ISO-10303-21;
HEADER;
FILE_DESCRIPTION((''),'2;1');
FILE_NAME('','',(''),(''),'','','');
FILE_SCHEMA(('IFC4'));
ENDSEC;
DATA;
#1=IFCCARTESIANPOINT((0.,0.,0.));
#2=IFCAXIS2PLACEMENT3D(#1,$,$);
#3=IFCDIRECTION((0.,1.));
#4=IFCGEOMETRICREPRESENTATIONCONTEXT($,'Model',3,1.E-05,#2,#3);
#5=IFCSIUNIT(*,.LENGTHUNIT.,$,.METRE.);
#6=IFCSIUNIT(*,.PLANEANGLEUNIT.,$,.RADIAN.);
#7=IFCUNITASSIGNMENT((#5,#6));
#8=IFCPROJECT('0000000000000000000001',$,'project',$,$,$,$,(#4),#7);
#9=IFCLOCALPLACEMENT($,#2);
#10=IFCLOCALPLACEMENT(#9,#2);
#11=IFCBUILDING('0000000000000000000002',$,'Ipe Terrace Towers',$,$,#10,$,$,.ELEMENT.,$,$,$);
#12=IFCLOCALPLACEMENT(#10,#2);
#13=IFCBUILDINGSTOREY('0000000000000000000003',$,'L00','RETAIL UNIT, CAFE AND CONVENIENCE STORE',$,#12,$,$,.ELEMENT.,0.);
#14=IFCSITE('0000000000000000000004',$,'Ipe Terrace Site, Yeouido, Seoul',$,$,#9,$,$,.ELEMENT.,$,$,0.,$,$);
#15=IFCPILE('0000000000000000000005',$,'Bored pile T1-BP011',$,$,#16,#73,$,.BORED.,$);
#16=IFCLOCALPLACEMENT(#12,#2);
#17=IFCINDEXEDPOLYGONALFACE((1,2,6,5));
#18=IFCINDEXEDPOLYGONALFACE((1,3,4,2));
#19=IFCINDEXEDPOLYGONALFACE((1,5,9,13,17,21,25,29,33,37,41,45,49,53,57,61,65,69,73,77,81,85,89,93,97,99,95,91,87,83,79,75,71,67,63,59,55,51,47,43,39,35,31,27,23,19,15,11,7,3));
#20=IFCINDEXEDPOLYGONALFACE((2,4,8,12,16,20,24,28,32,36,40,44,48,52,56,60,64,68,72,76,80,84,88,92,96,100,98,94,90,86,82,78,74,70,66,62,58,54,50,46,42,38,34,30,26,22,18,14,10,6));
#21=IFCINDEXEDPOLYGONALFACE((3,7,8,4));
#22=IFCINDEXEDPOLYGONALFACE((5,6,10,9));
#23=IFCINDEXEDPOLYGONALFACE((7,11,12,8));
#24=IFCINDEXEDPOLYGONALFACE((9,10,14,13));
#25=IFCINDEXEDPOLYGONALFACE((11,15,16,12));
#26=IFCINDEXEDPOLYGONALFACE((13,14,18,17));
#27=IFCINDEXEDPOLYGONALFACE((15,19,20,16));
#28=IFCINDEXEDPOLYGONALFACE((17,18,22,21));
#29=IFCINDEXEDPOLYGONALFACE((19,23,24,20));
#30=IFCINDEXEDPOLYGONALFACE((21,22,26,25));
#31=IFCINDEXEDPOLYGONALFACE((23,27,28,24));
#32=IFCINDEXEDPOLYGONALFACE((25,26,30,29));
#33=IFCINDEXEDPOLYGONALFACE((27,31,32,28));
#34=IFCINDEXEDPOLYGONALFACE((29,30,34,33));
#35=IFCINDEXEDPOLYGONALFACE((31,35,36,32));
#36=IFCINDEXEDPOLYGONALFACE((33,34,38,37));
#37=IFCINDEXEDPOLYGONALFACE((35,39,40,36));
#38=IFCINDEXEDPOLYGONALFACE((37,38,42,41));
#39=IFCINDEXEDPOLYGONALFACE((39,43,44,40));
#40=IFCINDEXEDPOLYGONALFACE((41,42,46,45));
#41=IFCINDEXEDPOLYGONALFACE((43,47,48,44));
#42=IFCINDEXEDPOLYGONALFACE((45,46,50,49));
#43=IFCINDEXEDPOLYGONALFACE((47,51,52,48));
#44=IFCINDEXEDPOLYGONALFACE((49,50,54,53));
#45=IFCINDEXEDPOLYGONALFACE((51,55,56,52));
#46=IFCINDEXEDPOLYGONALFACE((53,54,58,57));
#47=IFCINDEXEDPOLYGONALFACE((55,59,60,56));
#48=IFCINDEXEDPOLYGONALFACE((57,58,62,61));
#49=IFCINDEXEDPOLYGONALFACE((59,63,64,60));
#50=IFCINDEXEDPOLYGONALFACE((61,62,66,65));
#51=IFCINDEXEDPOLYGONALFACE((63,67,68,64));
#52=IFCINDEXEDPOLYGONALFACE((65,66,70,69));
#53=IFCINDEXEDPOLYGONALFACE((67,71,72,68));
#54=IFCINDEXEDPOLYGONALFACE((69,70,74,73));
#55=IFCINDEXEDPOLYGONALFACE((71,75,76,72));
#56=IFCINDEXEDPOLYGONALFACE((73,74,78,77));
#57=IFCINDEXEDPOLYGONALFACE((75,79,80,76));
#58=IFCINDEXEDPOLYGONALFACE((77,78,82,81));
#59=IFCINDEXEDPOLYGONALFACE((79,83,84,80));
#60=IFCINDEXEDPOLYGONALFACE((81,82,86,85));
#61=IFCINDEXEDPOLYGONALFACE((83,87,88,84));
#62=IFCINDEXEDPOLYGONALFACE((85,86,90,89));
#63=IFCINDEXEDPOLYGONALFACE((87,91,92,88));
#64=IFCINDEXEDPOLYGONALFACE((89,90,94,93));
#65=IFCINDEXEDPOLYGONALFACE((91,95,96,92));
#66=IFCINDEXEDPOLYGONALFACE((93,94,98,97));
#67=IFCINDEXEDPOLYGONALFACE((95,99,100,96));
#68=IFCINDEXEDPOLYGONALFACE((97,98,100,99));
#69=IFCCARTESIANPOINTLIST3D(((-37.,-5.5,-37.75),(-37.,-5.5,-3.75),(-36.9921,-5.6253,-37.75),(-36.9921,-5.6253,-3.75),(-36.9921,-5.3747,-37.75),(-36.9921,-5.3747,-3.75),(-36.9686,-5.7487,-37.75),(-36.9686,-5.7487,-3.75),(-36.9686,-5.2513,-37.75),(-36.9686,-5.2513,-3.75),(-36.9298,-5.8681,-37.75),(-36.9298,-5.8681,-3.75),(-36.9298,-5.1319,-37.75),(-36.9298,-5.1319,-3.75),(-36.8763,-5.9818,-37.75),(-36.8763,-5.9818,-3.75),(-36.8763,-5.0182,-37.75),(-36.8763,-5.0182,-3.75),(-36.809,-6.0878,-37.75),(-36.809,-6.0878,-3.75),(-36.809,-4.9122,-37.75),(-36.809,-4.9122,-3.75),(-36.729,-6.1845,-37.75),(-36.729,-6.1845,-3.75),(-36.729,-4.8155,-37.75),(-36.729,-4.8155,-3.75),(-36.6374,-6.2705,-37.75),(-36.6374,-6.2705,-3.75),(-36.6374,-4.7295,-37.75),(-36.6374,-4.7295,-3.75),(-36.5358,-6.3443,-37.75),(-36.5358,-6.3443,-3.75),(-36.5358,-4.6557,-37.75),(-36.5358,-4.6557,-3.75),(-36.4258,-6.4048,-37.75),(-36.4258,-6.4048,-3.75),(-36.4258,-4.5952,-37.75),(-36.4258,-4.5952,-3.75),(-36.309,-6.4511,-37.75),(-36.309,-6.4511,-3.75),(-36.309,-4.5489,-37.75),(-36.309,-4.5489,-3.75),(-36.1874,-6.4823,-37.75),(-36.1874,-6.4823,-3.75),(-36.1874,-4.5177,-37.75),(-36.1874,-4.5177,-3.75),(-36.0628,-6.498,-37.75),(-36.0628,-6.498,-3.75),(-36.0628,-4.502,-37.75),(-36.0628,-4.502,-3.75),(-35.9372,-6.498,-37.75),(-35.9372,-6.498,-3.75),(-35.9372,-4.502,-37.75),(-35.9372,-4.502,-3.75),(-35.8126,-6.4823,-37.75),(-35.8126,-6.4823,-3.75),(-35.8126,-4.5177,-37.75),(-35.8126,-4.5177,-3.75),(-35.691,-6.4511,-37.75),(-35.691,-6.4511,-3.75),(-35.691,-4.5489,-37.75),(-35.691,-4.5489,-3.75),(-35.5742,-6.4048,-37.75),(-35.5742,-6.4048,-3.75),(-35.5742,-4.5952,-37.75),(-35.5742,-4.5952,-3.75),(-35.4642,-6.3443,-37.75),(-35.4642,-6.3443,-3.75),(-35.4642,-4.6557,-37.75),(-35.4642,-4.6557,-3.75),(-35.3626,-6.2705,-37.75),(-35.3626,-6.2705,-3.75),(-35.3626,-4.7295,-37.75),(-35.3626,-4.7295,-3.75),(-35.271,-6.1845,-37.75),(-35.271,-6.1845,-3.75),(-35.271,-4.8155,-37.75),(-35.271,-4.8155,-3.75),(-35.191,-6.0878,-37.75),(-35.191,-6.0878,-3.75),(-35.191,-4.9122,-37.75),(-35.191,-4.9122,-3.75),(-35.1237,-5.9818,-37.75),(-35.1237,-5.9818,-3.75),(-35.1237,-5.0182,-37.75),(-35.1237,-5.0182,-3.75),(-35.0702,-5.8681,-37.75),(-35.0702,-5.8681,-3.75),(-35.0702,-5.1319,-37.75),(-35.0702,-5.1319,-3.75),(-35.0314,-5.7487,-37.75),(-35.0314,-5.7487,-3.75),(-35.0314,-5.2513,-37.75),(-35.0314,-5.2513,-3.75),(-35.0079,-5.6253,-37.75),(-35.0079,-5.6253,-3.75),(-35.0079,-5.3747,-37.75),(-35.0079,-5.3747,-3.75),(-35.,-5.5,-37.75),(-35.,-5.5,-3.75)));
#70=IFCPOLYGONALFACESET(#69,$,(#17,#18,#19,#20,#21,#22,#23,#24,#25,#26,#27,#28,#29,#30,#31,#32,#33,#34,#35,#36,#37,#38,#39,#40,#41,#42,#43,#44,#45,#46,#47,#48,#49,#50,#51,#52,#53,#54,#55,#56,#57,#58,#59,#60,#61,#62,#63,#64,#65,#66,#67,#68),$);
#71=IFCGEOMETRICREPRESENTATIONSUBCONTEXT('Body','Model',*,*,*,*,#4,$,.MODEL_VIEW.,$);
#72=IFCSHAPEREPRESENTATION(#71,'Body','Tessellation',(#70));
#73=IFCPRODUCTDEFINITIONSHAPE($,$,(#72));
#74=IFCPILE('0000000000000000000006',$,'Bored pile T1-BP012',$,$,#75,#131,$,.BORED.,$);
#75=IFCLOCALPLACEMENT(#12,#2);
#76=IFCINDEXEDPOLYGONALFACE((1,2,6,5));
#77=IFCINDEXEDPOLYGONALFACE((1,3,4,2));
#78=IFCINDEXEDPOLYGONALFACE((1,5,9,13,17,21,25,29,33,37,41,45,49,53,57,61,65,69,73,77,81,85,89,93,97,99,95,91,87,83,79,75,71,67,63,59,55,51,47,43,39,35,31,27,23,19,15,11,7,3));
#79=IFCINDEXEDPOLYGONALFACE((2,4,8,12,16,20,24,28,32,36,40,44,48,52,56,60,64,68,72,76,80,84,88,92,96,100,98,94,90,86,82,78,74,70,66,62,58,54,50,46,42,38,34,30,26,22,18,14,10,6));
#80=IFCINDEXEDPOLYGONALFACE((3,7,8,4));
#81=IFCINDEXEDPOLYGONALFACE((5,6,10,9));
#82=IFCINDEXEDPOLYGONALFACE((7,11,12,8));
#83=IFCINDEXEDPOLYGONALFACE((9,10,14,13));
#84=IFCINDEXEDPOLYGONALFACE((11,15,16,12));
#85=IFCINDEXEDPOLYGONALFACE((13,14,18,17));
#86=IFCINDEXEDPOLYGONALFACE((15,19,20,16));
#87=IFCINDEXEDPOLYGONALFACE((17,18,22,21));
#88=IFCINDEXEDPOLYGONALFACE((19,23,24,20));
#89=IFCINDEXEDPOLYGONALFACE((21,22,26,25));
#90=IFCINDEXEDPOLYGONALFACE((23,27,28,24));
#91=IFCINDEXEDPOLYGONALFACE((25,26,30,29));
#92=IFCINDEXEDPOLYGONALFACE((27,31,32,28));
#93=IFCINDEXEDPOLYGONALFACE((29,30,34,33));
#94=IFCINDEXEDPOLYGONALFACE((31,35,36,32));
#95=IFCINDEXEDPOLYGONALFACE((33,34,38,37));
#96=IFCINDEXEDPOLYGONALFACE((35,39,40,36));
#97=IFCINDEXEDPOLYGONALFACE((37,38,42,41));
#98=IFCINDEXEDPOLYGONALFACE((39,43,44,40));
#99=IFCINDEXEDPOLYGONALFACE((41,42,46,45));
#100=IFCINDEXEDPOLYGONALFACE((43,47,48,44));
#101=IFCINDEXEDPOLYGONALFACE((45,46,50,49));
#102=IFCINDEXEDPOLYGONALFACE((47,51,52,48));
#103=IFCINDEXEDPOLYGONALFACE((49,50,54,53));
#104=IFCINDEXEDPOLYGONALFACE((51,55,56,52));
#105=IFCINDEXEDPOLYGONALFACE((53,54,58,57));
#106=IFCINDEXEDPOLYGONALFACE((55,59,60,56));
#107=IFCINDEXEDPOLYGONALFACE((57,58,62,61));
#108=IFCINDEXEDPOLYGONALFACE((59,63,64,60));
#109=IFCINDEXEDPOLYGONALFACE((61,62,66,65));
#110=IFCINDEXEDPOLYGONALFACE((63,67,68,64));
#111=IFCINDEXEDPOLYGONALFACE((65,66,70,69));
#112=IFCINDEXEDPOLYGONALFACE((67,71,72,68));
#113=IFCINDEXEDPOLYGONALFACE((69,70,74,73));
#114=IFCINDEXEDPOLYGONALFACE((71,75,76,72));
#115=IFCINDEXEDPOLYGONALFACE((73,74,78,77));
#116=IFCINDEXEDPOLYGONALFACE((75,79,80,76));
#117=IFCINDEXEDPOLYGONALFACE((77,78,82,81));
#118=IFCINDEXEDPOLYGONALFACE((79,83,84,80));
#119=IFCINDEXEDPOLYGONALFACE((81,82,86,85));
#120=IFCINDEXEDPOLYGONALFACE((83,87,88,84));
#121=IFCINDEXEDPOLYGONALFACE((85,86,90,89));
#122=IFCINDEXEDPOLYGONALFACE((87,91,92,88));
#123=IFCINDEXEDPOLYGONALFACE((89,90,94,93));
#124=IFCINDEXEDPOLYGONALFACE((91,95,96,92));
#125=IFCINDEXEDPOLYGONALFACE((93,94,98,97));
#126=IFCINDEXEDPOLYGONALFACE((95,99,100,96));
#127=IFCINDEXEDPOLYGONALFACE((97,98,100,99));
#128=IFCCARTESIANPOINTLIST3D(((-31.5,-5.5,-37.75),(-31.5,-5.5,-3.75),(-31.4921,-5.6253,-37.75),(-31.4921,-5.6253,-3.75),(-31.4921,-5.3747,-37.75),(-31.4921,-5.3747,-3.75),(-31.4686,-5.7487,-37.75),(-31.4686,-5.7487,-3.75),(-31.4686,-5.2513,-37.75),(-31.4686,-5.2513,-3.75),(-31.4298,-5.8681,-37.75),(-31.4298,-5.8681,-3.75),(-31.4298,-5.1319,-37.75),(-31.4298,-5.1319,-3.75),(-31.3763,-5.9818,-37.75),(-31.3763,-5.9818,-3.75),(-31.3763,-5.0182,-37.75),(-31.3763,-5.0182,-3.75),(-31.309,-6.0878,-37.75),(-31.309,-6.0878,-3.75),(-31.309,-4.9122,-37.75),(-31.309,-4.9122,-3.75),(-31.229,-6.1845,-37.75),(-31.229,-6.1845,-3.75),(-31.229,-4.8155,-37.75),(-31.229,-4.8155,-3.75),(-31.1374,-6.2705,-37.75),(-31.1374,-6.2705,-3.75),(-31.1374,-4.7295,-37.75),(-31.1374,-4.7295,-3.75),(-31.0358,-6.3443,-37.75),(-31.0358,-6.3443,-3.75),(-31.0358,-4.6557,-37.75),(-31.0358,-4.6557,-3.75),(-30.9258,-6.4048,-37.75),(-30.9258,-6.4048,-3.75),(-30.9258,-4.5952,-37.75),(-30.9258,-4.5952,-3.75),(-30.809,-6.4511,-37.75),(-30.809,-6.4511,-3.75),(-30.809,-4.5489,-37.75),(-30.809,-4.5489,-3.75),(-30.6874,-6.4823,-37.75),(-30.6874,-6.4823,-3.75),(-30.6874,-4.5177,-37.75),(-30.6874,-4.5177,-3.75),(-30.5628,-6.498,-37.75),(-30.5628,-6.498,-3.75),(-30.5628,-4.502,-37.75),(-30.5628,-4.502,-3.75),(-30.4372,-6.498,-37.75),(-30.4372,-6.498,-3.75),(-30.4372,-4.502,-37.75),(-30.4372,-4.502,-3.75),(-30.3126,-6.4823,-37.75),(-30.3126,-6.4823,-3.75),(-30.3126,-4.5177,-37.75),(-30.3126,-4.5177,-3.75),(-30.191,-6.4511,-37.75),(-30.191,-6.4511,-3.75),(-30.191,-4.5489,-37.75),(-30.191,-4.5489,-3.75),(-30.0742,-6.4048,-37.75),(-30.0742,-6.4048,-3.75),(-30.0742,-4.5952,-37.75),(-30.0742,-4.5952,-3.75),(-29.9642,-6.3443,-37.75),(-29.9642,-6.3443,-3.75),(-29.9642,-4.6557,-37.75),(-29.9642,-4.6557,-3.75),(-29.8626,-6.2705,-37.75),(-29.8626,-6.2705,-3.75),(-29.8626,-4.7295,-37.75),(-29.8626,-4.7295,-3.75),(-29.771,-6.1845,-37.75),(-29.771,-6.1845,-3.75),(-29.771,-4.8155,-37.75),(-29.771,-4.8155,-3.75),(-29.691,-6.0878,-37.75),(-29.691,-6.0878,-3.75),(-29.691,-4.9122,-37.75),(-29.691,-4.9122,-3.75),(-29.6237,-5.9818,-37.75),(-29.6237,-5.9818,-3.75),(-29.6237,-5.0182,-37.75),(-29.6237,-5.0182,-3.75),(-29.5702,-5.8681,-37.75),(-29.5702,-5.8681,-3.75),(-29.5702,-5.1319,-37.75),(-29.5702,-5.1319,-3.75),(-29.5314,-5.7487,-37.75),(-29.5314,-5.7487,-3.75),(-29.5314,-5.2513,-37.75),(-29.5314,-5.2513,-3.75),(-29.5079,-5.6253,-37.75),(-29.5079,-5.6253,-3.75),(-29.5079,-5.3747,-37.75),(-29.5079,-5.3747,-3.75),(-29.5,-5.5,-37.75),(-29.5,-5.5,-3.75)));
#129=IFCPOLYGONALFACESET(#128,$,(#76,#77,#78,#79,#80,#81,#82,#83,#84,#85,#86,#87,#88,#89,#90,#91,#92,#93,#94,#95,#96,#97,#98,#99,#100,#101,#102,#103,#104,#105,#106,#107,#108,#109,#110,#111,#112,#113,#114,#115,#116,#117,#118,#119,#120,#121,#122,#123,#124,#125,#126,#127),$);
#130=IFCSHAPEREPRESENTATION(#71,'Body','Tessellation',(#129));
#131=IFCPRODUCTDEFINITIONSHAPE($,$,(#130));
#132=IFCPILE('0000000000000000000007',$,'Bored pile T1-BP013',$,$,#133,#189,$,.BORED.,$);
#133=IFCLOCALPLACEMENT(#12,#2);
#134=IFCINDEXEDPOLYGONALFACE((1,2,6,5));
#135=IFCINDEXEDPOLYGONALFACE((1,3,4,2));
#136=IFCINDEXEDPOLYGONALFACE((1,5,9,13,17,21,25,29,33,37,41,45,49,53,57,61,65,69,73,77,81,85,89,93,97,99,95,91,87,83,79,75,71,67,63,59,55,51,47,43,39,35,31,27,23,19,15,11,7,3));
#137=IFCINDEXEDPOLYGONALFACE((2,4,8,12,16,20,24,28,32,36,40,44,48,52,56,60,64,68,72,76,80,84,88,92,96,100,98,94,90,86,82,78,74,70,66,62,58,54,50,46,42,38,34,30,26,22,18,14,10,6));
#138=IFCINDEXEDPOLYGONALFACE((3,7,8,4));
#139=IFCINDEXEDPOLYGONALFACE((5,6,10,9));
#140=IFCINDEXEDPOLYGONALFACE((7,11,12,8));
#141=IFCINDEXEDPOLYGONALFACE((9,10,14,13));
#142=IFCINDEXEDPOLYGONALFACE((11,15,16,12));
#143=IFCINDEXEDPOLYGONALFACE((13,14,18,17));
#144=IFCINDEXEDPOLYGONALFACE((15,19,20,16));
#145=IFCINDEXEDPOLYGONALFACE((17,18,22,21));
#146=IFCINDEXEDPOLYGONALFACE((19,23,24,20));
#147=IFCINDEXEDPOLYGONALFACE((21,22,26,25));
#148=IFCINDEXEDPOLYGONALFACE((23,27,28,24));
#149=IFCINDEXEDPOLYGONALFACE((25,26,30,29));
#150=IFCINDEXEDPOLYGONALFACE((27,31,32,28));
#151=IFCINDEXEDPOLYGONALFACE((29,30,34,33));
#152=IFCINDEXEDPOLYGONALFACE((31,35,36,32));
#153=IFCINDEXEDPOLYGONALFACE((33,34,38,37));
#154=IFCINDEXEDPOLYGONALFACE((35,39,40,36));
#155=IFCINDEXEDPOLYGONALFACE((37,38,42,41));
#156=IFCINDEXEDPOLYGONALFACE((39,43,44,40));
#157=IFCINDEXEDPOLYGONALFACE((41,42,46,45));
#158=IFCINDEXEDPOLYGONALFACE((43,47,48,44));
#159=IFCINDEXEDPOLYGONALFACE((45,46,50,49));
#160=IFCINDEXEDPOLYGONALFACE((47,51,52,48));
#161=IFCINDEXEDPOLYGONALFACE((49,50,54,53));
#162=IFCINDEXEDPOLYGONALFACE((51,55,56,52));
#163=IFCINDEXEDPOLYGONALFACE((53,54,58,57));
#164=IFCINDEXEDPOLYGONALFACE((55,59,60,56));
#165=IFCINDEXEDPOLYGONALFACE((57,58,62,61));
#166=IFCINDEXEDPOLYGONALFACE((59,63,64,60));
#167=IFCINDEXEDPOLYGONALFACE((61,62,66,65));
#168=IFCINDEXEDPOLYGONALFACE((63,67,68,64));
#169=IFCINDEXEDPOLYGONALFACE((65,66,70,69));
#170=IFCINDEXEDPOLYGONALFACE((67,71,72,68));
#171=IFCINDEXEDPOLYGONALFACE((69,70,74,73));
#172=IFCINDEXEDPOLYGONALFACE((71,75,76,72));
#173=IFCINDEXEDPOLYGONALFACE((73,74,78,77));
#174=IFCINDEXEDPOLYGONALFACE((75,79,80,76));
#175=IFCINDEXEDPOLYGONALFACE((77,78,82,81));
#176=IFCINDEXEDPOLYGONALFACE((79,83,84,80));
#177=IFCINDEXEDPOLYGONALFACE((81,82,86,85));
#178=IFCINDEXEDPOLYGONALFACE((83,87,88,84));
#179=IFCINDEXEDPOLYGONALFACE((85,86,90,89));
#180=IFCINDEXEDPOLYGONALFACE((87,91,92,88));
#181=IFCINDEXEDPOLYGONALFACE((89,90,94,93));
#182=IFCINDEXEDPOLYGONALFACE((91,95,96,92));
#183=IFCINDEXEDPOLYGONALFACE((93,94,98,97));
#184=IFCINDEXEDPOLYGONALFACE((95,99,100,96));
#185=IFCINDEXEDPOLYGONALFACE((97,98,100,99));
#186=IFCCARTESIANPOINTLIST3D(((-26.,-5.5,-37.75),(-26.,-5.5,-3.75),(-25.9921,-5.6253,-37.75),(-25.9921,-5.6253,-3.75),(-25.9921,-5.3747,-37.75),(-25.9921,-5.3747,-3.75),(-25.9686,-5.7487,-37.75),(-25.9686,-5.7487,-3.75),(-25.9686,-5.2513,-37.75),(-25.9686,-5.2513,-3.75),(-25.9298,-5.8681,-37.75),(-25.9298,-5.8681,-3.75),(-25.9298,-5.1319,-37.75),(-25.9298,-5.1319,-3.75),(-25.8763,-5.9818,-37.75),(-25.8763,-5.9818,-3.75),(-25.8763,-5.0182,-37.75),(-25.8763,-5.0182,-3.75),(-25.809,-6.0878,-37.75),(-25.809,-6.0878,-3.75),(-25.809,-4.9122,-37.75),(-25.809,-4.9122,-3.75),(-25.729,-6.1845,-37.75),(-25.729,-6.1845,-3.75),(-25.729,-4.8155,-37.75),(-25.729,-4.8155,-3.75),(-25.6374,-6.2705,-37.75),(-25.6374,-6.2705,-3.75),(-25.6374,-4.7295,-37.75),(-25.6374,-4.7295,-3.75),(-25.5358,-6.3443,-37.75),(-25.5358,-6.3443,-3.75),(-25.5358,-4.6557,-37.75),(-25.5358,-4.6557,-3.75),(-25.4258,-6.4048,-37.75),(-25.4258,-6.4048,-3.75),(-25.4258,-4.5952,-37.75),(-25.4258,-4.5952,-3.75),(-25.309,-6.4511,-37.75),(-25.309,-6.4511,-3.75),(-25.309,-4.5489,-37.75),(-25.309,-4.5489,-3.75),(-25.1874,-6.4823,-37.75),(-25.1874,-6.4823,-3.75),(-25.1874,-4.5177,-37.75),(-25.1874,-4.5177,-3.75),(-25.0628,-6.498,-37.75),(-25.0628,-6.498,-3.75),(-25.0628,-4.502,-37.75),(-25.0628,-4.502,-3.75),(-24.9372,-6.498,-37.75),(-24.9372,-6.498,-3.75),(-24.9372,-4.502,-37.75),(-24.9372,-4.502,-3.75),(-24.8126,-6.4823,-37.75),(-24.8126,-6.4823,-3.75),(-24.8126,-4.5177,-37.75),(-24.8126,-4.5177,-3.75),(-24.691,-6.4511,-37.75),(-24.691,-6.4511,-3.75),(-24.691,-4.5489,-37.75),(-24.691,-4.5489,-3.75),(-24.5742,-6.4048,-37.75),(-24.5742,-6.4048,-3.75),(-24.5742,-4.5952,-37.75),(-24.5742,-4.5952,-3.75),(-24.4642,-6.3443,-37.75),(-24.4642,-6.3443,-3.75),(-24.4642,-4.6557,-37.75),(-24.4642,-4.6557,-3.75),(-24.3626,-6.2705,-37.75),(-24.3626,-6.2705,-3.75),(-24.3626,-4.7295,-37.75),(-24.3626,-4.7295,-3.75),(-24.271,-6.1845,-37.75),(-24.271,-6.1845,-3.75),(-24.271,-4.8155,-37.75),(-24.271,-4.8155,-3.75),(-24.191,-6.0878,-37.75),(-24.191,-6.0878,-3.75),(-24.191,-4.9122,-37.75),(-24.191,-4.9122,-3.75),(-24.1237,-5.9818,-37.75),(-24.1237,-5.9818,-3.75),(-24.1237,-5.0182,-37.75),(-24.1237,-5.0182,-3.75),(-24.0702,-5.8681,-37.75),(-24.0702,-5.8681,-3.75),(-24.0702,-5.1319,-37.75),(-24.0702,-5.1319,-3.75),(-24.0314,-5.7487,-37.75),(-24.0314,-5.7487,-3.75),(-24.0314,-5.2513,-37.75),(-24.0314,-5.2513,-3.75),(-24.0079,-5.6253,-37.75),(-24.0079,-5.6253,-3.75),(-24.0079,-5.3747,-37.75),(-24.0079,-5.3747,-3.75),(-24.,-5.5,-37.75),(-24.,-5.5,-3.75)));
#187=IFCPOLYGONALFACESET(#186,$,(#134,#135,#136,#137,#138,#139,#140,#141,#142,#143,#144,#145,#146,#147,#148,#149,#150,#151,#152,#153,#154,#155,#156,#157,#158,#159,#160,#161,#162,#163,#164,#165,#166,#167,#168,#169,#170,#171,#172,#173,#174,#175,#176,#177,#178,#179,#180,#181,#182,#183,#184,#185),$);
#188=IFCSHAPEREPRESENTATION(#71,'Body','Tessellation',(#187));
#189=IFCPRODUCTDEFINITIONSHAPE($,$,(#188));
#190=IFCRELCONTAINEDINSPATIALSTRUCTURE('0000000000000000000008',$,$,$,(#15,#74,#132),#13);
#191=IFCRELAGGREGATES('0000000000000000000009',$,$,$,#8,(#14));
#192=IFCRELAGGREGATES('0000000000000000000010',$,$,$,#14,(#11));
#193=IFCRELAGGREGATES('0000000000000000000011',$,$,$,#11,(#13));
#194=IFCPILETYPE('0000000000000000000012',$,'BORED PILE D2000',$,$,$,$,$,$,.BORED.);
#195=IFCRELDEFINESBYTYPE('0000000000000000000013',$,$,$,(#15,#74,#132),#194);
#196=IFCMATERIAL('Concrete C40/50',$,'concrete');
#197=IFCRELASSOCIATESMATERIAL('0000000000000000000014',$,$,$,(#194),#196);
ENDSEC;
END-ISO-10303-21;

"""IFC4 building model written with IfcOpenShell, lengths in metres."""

from ifc_helpers import new_model, si_unit, direction, frame, origin, origin_2d, place, context, subcontext, project, spatial, circle, extrude, material, material_profile, profile_set, type_object, element, save


model = new_model("IFC4")

# Units and contexts
model_context = context("Model", 3, precision=1e-05, world=origin(), true_north=direction((0.0, 1.0)))
body_context = subcontext(model_context, "Body", "Model", "MODEL_VIEW")
ifc_project = project(units=[si_unit("LENGTHUNIT", "METRE"), si_unit("PLANEANGLEUNIT", "RADIAN")], contexts=[model_context])

# Site, building, storey
site_placement = place(None, origin())
site = spatial("IfcSite", under=ifc_project, at=site_placement, Name="Ipe Terrace Site, Yeouido, Seoul", CompositionType="ELEMENT", RefElevation=0.0)
building_placement = place(site_placement, origin())
building = spatial("IfcBuilding", under=site, at=building_placement, Name="Ipe Terrace Towers", CompositionType="ELEMENT")
storey_placement = place(building_placement, origin())
storey = spatial("IfcBuildingStorey", under=building, at=storey_placement, Name="L00", Description="RETAIL UNIT, CAFE AND CONVENIENCE STORE", CompositionType="ELEMENT", Elevation=0.0)

# Piles
ifc_material_1 = material(Name="Concrete C40/50", Category="concrete")
ifc_material_profile_1 = material_profile(ifc_material_1, circle(Radius=1.0, at=origin_2d()), Name="BORED PILE D2000")
ifc_profile_set_1 = profile_set([ifc_material_profile_1], Name="Concrete C40/50")
pile_type = type_object("IfcPileType", Name="BORED PILE D2000", PredefinedType="BORED", material=ifc_profile_set_1)
for number, where, z_axis, x_axis, name in (
    (1, (-36.0, -5.5, -3.75), (0.0, 0.0, -1.0), (1.0, 0.0, 0.0), "Bored pile T1-BP011"),
    (2, (-30.5, -5.5, -3.75), (0.0, 0.0, -1.0), (1.0, 0.0, 0.0), "Bored pile T1-BP012"),
    (3, (-25.0, -5.5, -3.75), (0.0, 0.0, -1.0), (1.0, 0.0, 0.0), "Bored pile T1-BP013"),
):
    element("IfcPile", number, at=place(storey_placement, frame(where, z_axis=z_axis, x_axis=x_axis)), inside=storey, type_object=pile_type, Name=name, PredefinedType="BORED", context=body_context, shape_type="SweptSolid", body=[
        extrude(circle(Radius=1.0, at=origin_2d()), origin(), (0.0, 0.0, 1.0), 34.0),
    ])

save(model, "model.ifc")
